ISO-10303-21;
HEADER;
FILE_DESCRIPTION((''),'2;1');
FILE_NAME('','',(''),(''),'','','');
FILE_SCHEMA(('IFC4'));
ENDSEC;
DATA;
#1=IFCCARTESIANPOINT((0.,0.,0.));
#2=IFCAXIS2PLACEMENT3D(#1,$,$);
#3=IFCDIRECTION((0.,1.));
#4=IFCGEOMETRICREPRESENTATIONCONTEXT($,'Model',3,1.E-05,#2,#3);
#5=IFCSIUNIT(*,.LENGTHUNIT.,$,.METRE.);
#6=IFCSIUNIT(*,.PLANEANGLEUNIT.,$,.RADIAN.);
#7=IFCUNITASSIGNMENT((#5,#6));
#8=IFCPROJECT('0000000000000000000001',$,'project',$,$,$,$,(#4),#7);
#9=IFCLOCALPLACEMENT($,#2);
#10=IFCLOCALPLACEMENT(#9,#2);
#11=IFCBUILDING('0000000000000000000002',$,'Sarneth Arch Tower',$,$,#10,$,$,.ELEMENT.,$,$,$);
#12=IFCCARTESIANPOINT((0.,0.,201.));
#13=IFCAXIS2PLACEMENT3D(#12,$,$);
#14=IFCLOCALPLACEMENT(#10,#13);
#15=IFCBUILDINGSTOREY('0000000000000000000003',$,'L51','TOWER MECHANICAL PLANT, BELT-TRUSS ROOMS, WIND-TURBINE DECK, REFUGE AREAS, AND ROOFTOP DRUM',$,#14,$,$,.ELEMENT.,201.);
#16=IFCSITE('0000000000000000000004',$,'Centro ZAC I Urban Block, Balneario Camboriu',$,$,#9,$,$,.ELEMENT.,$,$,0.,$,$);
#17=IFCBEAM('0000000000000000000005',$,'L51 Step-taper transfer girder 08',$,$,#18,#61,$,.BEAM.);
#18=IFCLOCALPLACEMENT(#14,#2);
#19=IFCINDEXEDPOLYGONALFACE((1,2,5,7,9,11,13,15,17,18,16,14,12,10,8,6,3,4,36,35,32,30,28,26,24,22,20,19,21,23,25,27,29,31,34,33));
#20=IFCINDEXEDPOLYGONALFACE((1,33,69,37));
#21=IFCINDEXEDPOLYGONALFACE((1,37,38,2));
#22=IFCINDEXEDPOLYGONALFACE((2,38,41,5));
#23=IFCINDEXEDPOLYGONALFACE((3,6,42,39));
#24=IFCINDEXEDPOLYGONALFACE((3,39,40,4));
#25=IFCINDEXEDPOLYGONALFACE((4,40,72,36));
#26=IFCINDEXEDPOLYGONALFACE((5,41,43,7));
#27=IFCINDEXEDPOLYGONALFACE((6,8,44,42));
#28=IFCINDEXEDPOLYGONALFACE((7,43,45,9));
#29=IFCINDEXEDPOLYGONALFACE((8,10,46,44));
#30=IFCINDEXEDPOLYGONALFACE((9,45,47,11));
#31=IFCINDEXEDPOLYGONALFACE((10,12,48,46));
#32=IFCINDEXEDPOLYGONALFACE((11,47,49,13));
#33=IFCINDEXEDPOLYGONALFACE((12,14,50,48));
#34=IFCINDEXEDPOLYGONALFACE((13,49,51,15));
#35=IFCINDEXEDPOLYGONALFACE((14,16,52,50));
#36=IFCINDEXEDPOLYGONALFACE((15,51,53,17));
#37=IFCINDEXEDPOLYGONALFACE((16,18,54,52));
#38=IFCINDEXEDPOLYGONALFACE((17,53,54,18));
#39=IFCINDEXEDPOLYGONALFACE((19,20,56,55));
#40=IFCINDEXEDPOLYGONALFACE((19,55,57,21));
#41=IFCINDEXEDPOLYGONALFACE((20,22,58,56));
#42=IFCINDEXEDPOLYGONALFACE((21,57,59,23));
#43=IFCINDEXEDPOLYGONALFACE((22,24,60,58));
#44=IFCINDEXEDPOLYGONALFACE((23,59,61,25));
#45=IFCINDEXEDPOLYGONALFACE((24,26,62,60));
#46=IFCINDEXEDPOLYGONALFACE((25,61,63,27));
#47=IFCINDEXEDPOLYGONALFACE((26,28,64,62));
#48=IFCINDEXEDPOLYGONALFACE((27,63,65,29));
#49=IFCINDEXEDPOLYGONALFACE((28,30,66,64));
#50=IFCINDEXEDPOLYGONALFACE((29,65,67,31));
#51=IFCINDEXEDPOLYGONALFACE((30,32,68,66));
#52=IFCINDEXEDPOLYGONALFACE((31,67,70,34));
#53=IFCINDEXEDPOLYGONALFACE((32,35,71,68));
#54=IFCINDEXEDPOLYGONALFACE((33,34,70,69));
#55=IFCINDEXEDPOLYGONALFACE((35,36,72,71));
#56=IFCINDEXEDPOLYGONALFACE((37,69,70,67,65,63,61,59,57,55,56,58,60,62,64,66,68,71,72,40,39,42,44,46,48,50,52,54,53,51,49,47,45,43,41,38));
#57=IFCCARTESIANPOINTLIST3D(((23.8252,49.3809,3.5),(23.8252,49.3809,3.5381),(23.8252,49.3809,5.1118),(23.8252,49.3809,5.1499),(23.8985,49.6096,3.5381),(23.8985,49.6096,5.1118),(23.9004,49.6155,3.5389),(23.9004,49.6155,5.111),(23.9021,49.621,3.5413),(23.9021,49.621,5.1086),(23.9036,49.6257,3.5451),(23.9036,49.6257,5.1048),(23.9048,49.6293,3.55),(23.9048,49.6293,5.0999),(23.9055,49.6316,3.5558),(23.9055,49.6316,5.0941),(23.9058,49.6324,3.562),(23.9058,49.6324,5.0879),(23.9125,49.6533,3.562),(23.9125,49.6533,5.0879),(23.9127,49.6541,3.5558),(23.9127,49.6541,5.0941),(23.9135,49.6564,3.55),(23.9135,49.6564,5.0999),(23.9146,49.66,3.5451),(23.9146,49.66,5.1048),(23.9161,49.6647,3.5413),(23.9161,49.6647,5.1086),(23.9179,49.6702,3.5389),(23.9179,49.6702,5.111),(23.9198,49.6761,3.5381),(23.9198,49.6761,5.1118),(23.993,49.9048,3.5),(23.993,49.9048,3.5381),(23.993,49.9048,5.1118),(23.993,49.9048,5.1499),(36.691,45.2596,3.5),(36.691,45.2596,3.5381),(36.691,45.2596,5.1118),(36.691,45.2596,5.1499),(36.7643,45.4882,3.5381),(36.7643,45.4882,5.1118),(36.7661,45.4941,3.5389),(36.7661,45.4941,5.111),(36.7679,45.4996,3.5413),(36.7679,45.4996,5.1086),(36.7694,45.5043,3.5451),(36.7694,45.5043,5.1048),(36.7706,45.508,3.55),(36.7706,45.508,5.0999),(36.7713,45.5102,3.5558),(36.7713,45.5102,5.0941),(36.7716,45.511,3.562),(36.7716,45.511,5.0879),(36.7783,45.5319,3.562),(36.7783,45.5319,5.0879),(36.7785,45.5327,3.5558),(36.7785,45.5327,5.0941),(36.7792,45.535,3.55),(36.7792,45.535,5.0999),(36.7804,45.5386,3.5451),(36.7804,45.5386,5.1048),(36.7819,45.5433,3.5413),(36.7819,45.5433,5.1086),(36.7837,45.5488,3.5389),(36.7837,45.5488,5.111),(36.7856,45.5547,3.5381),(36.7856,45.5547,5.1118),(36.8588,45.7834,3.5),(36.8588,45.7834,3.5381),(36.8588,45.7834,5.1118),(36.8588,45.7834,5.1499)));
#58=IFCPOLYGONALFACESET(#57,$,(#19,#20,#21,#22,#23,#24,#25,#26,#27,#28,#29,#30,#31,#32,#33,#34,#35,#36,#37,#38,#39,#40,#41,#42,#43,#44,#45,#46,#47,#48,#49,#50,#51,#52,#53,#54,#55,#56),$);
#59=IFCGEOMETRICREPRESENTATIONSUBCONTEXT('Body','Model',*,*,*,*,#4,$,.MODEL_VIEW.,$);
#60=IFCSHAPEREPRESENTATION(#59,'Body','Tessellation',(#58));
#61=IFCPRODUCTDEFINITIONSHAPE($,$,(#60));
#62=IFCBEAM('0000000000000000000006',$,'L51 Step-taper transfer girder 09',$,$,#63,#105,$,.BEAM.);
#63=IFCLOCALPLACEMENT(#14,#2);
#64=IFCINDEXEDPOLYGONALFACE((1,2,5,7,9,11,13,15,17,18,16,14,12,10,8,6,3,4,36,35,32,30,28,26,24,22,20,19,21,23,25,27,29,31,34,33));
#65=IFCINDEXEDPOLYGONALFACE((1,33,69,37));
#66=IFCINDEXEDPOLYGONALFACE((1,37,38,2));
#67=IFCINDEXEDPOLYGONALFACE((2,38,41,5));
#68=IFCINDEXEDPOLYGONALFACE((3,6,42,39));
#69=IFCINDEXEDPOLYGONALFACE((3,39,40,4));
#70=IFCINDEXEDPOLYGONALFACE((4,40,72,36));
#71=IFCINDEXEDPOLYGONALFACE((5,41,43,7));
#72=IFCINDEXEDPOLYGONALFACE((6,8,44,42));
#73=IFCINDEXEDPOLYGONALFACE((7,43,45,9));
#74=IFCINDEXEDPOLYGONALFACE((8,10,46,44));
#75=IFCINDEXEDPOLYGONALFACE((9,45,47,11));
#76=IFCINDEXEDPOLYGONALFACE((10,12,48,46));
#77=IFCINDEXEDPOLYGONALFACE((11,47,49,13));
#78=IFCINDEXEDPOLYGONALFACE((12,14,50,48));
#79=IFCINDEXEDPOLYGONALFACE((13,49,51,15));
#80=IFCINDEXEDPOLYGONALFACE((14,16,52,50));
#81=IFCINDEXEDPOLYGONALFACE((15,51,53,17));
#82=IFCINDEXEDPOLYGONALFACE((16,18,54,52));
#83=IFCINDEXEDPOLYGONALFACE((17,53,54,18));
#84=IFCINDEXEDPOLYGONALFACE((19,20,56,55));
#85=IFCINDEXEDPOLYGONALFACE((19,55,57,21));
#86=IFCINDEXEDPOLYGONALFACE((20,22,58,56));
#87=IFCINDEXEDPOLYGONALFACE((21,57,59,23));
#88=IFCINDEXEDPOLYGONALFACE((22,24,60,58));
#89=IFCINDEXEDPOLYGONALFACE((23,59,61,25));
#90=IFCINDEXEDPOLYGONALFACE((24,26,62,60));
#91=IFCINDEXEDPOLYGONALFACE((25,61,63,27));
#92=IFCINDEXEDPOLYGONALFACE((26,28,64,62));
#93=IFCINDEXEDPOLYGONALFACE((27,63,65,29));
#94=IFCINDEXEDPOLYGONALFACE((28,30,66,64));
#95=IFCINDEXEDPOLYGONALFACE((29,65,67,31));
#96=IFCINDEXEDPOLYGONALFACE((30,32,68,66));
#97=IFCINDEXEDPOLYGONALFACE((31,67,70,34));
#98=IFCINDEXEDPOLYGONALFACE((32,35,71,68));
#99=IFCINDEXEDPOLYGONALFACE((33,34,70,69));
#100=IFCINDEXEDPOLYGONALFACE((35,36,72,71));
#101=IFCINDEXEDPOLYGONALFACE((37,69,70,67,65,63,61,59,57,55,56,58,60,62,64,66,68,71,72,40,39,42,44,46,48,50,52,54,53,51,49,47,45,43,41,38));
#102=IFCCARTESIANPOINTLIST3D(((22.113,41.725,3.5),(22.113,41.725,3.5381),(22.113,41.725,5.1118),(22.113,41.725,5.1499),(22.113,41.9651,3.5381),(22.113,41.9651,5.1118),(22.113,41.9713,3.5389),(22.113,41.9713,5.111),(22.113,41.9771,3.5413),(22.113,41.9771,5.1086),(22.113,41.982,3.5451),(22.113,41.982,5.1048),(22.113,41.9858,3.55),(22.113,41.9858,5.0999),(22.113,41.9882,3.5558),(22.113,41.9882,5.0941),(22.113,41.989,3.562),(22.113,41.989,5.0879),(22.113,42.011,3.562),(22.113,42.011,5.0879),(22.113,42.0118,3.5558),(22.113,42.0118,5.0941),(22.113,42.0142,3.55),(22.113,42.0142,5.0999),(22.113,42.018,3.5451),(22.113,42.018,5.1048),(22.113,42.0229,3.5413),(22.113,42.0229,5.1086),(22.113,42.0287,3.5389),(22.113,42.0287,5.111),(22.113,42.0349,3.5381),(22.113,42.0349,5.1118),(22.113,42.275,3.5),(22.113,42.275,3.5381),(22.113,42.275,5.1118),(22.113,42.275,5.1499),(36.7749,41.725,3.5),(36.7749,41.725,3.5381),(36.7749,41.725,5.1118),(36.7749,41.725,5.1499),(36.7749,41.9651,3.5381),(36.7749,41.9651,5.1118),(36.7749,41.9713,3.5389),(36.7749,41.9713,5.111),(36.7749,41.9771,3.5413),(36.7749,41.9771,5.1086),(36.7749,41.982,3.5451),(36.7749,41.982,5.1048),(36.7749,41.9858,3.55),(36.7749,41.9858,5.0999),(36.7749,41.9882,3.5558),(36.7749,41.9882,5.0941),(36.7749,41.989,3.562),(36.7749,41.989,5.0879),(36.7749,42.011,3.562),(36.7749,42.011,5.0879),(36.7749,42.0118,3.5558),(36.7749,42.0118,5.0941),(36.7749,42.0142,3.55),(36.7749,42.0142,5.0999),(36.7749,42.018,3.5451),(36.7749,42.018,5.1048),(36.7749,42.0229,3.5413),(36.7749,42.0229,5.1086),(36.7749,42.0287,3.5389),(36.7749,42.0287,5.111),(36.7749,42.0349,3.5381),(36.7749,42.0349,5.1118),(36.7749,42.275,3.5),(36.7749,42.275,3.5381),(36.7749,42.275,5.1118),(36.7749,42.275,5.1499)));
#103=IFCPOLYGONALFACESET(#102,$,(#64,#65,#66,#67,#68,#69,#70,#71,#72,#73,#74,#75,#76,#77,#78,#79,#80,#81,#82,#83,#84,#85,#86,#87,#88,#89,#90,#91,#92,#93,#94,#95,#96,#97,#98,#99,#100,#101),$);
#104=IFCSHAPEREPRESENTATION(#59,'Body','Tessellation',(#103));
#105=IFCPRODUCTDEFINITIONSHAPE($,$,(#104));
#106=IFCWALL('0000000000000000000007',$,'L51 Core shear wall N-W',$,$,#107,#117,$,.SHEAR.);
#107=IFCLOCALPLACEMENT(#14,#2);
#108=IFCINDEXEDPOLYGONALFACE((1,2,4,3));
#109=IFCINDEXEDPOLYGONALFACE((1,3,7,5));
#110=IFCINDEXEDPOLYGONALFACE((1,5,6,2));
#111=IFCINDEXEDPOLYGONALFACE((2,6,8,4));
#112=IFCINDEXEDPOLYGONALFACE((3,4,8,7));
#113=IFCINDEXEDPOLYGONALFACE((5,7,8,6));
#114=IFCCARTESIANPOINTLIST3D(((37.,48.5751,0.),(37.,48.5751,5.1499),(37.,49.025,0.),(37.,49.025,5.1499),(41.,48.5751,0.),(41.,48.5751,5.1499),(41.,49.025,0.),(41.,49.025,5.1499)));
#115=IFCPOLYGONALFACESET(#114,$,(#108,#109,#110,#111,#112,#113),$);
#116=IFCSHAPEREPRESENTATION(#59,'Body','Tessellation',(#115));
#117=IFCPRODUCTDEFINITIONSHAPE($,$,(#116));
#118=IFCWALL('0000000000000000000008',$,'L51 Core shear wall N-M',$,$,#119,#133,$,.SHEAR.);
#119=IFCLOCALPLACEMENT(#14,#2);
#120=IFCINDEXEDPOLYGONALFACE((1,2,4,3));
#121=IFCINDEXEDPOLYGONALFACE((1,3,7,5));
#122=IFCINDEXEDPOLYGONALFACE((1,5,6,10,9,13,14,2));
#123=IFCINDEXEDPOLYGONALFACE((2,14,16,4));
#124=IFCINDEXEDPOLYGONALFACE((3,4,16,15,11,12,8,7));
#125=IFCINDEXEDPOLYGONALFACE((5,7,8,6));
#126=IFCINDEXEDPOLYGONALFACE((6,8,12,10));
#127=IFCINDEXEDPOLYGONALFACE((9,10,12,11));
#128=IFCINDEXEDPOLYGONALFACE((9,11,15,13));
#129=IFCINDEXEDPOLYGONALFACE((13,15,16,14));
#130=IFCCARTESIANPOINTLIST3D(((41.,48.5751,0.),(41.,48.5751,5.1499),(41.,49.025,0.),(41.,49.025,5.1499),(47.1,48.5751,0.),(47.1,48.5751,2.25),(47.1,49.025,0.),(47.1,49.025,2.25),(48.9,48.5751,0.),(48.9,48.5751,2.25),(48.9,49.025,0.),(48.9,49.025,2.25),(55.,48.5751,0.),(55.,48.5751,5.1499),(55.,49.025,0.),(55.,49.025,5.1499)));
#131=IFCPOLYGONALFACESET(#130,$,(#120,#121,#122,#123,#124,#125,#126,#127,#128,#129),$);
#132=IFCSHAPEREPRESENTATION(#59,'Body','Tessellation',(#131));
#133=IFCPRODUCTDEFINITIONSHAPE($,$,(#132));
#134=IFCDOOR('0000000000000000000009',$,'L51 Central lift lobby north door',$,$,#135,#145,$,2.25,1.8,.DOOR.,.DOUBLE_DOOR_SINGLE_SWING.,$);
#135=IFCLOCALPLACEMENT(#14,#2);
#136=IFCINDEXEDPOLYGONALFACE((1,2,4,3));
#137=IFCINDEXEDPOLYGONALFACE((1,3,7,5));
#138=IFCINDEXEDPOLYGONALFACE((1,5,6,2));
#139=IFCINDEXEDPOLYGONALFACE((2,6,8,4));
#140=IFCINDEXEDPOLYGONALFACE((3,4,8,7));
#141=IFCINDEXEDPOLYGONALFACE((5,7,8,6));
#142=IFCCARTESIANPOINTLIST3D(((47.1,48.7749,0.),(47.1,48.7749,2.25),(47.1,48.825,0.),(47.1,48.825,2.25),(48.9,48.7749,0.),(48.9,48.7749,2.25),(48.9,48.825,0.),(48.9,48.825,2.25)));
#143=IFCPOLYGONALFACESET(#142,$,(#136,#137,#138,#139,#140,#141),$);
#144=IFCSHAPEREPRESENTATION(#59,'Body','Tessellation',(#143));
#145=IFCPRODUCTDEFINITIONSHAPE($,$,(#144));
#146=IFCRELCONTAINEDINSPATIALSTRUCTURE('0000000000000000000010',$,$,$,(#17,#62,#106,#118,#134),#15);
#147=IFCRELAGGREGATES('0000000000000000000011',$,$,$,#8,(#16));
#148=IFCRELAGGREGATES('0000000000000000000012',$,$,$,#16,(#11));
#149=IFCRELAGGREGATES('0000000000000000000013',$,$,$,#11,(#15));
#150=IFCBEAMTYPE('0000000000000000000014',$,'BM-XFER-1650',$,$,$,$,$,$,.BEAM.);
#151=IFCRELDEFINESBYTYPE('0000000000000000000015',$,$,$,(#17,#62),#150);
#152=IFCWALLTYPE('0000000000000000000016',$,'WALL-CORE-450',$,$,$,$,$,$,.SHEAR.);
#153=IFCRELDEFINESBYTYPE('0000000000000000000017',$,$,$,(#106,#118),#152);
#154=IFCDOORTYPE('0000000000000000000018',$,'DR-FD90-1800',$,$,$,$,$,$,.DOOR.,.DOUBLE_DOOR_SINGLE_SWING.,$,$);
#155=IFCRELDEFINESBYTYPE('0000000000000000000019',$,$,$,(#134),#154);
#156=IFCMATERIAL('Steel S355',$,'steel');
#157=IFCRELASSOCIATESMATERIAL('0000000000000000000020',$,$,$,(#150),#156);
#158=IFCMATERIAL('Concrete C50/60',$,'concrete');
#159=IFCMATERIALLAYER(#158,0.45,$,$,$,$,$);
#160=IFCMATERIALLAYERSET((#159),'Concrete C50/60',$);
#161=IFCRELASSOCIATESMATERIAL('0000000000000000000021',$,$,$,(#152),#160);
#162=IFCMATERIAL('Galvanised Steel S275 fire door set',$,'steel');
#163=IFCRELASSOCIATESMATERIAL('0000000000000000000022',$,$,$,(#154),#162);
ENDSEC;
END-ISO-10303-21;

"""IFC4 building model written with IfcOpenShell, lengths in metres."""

from ifc_helpers import new_model, si_unit, direction, frame, frame_2d, origin, origin_2d, place, context, subcontext, project, spatial, rectangle, i_section, extrude, material, layer, layer_set, material_profile, profile_set, type_object, element, fill, save


model = new_model("IFC4")

# Units and contexts
model_context = context("Model", 3, precision=1e-05, world=origin(), true_north=direction((0.0, 1.0)))
body_context = subcontext(model_context, "Body", "Model", "MODEL_VIEW")
ifc_project = project(units=[si_unit("LENGTHUNIT", "METRE"), si_unit("PLANEANGLEUNIT", "RADIAN")], contexts=[model_context])

# Site, building, storey
site_placement = place(None, origin())
site = spatial("IfcSite", under=ifc_project, at=site_placement, Name="Centro ZAC I Urban Block, Balneario Camboriu", CompositionType="ELEMENT", RefElevation=0.0)
building_placement = place(site_placement, origin())
building = spatial("IfcBuilding", under=site, at=building_placement, Name="Sarneth Arch Tower", CompositionType="ELEMENT")
storey_placement = place(building_placement, frame((0.0, 0.0, 201.0)))
storey = spatial("IfcBuildingStorey", under=building, at=storey_placement, Name="L51", Description="TOWER MECHANICAL PLANT, BELT-TRUSS ROOMS, WIND-TURBINE DECK, REFUGE AREAS, AND ROOFTOP DRUM", CompositionType="ELEMENT", Elevation=201.0)

# Beams
ifc_material_1 = material(Name="Steel S355", Category="steel")
ifc_material_profile_1 = material_profile(ifc_material_1, i_section(OverallWidth=0.55, OverallDepth=1.6499, WebThickness=0.022, FlangeThickness=0.0381, FilletRadius=0.0239, at=origin_2d()), Name="CVS1650x680")
ifc_profile_set_1 = profile_set([ifc_material_profile_1], Name="Steel S355")
beam_type_1 = type_object("IfcBeamType", Name="BM-XFER-1650", PredefinedType="BEAM", material=ifc_profile_set_1)
beam_1_placement = place(storey_placement, frame((36.7749, 45.5215, 4.325), z_axis=(-0.952332, 0.305065, 0.0), x_axis=(-0.305065, -0.952332, 0.0)))
element("IfcBeam", 1, at=beam_1_placement, inside=storey, type_object=beam_type_1, Name="L51 Step-taper transfer girder 08", PredefinedType="BEAM", context=body_context, shape_type="SweptSolid", body=[
    extrude(i_section(OverallWidth=0.55, OverallDepth=1.6499, WebThickness=0.022, FlangeThickness=0.0381, FilletRadius=0.0239, at=origin_2d()), origin(), (0.0, 0.0, 1.0), 13.5098),
])
beam_2_placement = place(storey_placement, frame((36.7749, 42.0, 4.325), z_axis=(-1.0, 0.0, 0.0), x_axis=(0.0, -1.0, 0.0)))
element("IfcBeam", 2, at=beam_2_placement, inside=storey, type_object=beam_type_1, Name="L51 Step-taper transfer girder 09", PredefinedType="BEAM", context=body_context, shape_type="SweptSolid", body=[
    extrude(i_section(OverallWidth=0.55, OverallDepth=1.6499, WebThickness=0.022, FlangeThickness=0.0381, FilletRadius=0.0239, at=origin_2d()), origin(), (0.0, 0.0, 1.0), 14.6619),
])

# Wall
ifc_material_2 = material(Name="Concrete C50/60", Category="concrete")
ifc_layer_1 = layer(ifc_material_2, 0.45)
ifc_layer_set_1 = layer_set([ifc_layer_1], Name="Concrete C50/60")
wall_type_1 = type_object("IfcWallType", Name="WALL-CORE-450", PredefinedType="SHEAR", material=ifc_layer_set_1)
wall_1_placement = place(storey_placement, frame((37.0, 48.8, 0.0), z_axis=(0.0, 0.0, 1.0), x_axis=(1.0, 0.0, 0.0)))
element("IfcWall", 3, at=wall_1_placement, inside=storey, type_object=wall_type_1, Name="L51 Core shear wall N-W", PredefinedType="SHEAR", context=body_context, shape_type="SweptSolid", body=[
    extrude(rectangle(XDim=4.0, YDim=0.45, at=frame_2d((2.0, 0.0))), origin(), (0.0, 0.0, 1.0), 5.1499),
])

# Wall, opening, door
wall_2_placement = place(storey_placement, frame((41.0, 48.8, 0.0), z_axis=(0.0, 0.0, 1.0), x_axis=(1.0, 0.0, 0.0)))
wall_2 = element("IfcWall", 4, at=wall_2_placement, inside=storey, type_object=wall_type_1, Name="L51 Core shear wall N-M", PredefinedType="SHEAR", context=body_context, shape_type="SweptSolid", body=[
    extrude(rectangle(XDim=14.0, YDim=0.45, at=frame_2d((7.0, 0.0))), origin(), (0.0, 0.0, 1.0), 5.1499),
])
opening_1_placement = place(wall_2_placement, frame((6.1001, 0.0, 0.0)))
opening_1 = element("IfcOpeningElement", 5, at=opening_1_placement, cuts=wall_2, PredefinedType="OPENING", context=body_context, shape_type="SweptSolid", body=[
    extrude(rectangle(XDim=1.8, YDim=2.25, at=frame_2d((0.8999, 1.125))), frame((0.0, 0.2349, 0.0), z_axis=(0.0, -1.0, 0.0), x_axis=(1.0, 0.0, 0.0)), (0.0, 0.0, 1.0), 0.47),
])
ifc_material_3 = material(Name="Galvanised Steel S275 fire door set", Category="steel")
door_type_1 = type_object("IfcDoorType", Name="DR-FD90-1800", OperationType="DOUBLE_DOOR_SINGLE_SWING", PredefinedType="DOOR", material=ifc_material_3)
door_1_placement = place(opening_1_placement, origin())
door_1 = element("IfcDoor", 6, at=door_1_placement, inside=storey, type_object=door_type_1, Name="L51 Central lift lobby north door", OperationType="DOUBLE_DOOR_SINGLE_SWING", OverallHeight=2.25, OverallWidth=1.8, PredefinedType="DOOR", context=body_context, shape_type="SweptSolid", body=[
    extrude(rectangle(XDim=1.8, YDim=2.25, at=frame_2d((0.8999, 1.125))), frame((0.0, 0.0249, 0.0), z_axis=(0.0, -1.0, 0.0), x_axis=(1.0, 0.0, 0.0)), (0.0, 0.0, 1.0), 0.05),
])
fill(opening_1, door_1)

save(model, "model.ifc")
